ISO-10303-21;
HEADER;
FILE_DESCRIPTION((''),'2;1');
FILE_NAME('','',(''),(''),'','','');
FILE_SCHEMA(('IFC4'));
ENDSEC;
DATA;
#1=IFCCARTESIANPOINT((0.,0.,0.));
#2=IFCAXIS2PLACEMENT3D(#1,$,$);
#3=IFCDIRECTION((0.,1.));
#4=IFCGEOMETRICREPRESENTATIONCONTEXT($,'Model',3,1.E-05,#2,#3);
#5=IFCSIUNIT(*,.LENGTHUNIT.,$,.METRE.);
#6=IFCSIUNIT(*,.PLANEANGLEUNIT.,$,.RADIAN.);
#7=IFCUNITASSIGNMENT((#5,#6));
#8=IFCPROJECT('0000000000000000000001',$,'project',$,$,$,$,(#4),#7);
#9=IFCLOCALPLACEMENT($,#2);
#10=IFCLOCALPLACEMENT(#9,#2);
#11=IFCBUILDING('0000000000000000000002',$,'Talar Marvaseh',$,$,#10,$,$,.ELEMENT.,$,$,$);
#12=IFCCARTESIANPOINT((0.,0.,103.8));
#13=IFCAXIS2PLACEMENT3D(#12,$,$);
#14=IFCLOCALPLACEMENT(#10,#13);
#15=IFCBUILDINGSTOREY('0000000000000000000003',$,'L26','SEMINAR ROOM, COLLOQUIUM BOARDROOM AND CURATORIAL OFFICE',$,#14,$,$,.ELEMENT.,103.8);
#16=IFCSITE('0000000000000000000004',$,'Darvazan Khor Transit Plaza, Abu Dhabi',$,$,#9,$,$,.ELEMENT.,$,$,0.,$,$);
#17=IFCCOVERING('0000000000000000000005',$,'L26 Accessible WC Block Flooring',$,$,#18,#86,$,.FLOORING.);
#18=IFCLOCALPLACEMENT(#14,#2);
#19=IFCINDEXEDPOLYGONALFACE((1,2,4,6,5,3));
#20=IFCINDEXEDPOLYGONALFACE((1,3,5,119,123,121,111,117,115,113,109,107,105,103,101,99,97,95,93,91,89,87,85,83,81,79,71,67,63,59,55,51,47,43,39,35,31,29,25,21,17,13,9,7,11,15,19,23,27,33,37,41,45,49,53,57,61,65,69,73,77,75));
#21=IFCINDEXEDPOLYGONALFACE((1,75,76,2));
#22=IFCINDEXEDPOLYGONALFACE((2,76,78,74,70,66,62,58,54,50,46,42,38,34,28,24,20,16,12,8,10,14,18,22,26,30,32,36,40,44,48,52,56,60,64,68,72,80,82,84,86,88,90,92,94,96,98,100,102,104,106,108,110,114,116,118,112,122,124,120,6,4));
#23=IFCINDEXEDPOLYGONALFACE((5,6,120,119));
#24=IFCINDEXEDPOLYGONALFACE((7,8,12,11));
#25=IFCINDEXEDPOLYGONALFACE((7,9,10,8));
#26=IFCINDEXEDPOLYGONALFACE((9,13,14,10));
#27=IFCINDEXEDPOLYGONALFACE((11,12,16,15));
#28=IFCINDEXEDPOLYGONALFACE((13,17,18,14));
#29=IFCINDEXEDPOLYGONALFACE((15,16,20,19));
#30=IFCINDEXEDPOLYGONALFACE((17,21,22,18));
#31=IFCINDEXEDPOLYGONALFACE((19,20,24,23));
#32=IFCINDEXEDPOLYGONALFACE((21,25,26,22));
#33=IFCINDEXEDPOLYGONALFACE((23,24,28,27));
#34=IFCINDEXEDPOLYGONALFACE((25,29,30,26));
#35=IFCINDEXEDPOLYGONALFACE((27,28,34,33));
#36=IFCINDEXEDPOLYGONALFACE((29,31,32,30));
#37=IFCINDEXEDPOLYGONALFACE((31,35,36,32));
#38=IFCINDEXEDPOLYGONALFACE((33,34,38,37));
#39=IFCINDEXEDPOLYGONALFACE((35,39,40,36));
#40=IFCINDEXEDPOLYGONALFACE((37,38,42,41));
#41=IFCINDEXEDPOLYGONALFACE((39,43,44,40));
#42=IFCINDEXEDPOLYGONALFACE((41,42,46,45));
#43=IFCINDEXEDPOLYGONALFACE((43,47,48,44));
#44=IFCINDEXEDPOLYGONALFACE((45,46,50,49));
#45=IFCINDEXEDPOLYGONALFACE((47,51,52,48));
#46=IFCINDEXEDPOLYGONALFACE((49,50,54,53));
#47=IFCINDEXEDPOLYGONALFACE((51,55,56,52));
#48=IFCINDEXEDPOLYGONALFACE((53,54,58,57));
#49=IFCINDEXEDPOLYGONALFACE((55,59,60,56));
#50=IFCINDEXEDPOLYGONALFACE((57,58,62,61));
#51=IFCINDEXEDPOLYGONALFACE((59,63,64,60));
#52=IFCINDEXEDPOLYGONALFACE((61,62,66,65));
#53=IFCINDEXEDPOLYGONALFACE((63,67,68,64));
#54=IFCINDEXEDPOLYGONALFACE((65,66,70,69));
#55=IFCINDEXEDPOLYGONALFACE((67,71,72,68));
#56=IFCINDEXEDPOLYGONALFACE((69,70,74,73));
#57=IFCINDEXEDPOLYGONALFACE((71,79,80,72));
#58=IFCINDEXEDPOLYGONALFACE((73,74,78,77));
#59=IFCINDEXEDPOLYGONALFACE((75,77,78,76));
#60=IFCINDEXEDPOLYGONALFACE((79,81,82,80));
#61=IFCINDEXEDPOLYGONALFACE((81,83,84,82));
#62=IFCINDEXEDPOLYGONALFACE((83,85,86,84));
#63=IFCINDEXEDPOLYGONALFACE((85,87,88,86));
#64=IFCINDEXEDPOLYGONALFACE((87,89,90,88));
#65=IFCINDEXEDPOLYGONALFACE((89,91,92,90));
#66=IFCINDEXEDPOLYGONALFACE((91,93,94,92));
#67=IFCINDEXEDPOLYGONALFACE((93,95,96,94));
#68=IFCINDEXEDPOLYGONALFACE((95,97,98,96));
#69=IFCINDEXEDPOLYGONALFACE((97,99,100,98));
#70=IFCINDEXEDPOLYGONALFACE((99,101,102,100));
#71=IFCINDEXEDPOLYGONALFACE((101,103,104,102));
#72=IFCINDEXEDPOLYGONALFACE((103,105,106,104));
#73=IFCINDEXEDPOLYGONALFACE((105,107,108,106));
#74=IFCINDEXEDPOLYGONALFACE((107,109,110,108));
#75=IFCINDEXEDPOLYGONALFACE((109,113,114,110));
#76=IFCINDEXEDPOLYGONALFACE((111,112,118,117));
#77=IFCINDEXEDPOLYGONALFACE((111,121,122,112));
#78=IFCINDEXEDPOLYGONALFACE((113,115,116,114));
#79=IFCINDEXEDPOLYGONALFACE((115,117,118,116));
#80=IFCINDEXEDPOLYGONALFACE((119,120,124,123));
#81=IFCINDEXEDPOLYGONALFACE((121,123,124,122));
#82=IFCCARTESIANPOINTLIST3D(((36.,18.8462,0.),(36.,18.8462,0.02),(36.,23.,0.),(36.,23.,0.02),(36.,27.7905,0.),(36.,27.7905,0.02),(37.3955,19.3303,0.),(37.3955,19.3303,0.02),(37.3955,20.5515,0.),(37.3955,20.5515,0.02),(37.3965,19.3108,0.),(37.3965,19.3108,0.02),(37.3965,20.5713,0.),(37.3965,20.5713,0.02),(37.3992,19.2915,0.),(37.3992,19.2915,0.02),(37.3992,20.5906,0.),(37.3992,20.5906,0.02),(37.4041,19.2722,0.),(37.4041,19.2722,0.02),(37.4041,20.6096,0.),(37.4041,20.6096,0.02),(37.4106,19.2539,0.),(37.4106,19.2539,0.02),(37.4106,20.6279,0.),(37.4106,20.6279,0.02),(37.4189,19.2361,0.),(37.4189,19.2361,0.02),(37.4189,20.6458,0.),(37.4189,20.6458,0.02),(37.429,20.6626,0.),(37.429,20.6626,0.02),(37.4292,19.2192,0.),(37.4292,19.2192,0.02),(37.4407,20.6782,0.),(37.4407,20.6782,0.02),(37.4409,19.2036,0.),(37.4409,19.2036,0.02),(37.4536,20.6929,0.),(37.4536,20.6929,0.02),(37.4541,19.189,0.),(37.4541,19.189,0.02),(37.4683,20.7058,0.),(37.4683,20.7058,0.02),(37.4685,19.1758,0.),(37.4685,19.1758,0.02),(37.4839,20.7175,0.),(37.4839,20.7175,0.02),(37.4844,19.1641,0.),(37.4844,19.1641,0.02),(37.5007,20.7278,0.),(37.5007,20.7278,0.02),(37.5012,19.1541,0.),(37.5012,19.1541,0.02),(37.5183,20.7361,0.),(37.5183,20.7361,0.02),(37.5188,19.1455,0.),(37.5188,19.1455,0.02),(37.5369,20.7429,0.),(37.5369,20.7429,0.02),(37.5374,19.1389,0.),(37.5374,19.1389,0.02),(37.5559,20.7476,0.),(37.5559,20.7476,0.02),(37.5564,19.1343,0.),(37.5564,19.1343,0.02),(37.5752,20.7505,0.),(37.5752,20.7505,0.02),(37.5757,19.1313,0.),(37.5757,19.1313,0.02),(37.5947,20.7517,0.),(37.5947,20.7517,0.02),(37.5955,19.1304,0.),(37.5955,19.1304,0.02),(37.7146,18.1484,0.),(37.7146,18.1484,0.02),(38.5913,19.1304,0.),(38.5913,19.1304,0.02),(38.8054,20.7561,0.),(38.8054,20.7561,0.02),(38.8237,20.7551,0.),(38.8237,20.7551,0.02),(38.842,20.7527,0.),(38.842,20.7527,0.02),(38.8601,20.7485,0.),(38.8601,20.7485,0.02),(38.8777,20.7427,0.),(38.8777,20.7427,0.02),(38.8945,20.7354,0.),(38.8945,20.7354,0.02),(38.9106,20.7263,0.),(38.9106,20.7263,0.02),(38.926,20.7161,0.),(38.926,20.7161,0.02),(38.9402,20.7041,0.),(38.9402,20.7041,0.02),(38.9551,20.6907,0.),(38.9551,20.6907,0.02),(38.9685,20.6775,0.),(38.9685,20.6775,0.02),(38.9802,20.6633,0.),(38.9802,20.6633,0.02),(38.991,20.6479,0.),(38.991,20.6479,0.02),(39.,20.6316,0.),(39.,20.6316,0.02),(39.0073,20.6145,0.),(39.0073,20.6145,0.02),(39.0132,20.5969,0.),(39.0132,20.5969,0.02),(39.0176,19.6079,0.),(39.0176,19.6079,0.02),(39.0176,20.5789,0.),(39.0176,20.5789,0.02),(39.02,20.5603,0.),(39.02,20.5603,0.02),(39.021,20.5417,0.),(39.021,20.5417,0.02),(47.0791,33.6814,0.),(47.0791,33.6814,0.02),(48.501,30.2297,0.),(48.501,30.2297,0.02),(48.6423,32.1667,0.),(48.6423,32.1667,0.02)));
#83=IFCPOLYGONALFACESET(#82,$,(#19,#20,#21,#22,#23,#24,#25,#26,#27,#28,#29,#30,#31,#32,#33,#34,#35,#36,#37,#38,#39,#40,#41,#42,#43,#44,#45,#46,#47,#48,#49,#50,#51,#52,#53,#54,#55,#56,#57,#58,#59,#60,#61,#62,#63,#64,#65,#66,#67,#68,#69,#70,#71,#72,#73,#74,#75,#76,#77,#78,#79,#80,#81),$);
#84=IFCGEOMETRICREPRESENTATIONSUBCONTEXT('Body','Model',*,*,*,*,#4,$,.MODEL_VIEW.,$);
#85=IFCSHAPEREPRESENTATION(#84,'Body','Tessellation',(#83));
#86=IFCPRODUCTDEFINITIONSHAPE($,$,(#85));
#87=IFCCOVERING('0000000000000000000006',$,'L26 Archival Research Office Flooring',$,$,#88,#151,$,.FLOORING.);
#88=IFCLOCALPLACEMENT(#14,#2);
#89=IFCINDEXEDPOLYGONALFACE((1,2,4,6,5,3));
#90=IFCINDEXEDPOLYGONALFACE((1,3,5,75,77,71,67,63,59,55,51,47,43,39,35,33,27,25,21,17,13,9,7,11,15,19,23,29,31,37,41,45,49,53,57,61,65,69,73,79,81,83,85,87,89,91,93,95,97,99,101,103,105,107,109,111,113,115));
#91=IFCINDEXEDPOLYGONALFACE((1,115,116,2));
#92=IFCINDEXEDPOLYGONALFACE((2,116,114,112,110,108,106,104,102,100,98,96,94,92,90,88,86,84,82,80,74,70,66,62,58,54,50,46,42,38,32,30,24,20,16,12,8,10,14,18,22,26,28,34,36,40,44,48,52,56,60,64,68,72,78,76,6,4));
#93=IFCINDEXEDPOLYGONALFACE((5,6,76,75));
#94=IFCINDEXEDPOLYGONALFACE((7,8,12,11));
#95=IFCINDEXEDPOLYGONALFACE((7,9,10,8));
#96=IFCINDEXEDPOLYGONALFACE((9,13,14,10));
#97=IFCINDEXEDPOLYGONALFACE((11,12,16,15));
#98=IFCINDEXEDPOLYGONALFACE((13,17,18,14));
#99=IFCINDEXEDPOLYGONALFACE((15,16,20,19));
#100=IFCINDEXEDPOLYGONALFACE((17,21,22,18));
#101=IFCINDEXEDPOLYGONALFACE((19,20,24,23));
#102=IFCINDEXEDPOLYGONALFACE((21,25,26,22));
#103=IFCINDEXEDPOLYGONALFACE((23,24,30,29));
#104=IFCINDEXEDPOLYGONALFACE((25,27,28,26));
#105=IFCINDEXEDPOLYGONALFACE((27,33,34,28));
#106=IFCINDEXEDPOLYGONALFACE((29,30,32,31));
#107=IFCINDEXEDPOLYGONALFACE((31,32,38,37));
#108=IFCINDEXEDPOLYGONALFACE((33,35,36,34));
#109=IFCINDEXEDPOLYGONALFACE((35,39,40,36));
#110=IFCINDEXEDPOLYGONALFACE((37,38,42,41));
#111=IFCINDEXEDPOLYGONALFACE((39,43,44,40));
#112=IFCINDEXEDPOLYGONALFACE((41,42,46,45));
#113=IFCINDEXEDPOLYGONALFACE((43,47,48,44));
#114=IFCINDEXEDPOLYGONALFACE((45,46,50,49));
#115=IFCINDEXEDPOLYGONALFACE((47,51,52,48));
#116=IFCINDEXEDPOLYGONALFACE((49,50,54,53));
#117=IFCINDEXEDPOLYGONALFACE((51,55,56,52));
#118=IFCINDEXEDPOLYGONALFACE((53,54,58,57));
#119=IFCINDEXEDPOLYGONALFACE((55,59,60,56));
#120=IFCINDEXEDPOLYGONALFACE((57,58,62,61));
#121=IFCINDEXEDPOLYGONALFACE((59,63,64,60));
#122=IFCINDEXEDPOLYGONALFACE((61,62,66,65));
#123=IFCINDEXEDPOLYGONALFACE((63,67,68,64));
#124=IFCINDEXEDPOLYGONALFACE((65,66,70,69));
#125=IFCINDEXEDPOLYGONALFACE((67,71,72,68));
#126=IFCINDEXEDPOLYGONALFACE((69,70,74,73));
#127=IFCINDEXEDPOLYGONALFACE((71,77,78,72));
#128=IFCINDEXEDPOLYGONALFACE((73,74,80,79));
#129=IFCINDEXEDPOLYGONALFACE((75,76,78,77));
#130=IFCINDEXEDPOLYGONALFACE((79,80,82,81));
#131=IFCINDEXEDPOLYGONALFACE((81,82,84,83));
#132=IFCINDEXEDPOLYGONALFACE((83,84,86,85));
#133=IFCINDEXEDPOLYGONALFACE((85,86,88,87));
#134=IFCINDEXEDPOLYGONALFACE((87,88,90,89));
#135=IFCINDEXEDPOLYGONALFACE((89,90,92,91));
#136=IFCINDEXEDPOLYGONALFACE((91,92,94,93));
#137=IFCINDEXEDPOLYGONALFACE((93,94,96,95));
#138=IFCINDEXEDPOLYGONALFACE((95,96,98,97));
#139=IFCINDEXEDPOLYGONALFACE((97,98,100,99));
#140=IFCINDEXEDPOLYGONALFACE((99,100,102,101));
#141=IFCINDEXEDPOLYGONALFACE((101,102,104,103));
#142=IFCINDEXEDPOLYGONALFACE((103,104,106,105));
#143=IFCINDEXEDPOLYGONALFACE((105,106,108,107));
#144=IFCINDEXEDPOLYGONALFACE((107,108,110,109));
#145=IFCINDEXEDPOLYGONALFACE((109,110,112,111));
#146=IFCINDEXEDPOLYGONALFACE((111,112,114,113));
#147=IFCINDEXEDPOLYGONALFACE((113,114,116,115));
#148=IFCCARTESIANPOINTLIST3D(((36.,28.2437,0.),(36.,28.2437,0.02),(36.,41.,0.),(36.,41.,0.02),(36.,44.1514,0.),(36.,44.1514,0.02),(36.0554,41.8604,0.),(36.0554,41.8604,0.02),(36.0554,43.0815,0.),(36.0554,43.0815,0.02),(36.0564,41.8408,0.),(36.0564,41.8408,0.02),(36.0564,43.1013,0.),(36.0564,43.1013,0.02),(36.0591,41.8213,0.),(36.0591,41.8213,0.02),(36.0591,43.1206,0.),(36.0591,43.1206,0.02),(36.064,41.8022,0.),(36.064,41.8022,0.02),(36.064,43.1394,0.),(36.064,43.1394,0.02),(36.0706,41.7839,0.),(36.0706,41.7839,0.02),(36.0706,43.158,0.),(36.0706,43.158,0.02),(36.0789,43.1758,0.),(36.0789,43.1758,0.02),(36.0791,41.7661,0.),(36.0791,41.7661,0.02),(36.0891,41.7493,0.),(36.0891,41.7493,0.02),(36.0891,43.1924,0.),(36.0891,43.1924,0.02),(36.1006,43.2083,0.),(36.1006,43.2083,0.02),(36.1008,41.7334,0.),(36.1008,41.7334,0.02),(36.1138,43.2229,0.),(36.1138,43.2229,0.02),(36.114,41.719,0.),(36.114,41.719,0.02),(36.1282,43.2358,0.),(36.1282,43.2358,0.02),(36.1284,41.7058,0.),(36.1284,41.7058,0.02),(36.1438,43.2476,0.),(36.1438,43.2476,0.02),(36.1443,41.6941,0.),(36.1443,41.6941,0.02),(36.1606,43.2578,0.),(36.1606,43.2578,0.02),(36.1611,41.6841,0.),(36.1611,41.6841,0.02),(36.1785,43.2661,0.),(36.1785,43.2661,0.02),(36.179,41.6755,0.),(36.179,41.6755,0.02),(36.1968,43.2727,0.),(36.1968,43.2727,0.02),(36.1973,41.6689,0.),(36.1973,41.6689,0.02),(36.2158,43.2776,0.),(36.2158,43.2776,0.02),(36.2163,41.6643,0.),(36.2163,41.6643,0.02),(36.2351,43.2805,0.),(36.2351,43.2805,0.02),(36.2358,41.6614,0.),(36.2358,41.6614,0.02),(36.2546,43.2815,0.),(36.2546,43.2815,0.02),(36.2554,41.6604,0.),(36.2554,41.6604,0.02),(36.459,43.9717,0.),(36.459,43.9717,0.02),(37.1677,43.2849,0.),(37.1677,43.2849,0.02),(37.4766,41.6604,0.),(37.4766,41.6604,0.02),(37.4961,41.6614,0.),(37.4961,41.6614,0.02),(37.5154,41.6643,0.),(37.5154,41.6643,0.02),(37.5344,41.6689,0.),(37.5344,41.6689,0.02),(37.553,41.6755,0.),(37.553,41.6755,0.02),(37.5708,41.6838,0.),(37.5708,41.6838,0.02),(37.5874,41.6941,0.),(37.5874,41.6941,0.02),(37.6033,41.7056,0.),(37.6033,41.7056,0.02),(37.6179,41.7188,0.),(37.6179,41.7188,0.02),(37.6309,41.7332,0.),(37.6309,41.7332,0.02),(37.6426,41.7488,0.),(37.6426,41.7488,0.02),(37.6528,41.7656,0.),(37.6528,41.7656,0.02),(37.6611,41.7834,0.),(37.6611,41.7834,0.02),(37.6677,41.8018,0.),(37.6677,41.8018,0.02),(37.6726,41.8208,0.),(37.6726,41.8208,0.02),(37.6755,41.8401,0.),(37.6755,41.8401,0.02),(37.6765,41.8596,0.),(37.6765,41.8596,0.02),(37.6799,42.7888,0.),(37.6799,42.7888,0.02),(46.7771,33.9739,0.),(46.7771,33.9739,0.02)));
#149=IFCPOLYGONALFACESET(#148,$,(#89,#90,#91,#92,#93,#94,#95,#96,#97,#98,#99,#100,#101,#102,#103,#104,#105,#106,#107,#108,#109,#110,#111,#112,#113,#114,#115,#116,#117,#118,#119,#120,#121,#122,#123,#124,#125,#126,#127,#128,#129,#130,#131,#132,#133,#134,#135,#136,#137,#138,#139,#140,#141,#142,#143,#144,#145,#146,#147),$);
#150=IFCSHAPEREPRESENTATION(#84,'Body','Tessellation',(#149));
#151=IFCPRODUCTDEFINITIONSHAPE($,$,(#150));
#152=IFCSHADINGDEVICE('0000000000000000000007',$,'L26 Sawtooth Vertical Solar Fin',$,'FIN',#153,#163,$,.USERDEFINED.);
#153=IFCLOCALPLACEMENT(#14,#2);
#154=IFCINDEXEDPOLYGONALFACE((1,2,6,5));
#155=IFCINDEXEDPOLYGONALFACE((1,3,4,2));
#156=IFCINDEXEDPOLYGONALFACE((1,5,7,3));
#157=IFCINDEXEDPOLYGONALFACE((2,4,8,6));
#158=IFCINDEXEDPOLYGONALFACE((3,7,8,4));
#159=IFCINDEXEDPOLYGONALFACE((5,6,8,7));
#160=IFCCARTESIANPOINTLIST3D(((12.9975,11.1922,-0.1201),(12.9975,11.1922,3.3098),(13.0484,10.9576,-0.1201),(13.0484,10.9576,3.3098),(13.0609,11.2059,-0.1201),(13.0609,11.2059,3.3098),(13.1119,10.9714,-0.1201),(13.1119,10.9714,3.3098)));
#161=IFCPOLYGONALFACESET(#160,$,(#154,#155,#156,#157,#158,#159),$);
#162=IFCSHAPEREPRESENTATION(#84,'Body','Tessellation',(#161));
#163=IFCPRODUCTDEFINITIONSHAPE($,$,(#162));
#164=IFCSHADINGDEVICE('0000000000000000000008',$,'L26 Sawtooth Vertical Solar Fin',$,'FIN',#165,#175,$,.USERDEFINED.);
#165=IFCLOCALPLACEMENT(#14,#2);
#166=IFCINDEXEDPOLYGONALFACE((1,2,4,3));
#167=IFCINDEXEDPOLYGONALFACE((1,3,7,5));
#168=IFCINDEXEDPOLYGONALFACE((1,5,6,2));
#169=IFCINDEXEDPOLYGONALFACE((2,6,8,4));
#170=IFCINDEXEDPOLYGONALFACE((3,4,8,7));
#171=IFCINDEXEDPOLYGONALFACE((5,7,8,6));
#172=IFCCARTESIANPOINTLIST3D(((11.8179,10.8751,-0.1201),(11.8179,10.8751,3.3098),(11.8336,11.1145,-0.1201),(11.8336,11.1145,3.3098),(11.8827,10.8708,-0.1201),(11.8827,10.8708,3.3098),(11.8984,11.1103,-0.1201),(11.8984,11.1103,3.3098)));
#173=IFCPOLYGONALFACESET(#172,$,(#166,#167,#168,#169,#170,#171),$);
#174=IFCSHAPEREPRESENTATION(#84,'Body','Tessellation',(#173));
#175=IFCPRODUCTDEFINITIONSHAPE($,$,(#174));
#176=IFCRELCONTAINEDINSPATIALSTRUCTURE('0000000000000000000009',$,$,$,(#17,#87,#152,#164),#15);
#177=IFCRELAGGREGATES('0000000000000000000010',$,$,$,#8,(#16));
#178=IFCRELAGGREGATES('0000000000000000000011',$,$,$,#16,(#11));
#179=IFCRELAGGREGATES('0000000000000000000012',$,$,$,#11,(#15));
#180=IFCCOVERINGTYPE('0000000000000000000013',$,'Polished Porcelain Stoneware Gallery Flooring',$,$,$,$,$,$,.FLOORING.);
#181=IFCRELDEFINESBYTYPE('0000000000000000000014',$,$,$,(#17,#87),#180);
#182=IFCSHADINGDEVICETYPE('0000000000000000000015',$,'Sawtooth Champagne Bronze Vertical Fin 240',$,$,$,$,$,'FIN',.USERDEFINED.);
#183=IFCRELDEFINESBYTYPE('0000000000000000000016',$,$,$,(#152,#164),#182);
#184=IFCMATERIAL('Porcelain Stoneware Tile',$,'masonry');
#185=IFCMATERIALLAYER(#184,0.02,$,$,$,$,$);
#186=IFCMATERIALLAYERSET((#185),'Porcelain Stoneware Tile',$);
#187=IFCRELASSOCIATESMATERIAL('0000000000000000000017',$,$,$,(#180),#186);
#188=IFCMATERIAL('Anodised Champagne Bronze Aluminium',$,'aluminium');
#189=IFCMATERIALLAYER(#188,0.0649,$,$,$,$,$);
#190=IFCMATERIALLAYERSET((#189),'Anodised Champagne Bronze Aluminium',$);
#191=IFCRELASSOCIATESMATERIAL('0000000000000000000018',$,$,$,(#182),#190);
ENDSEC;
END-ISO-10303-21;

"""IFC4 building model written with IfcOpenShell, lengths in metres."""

from ifc_helpers import new_model, si_unit, direction, frame, origin, origin_2d, place, context, subcontext, project, spatial, polyline, rectangle, outline, extrude, source, transform, mapped, material, layer, layer_set, type_object, type_shapes, element, save


model = new_model("IFC4")

# Units and contexts
model_context = context("Model", 3, precision=1e-05, world=origin(), true_north=direction((0.0, 1.0)))
body_context = subcontext(model_context, "Body", "Model", "MODEL_VIEW")
ifc_project = project(units=[si_unit("LENGTHUNIT", "METRE"), si_unit("PLANEANGLEUNIT", "RADIAN")], contexts=[model_context])

# Site, building, storey
site_placement = place(None, origin())
site = spatial("IfcSite", under=ifc_project, at=site_placement, Name="Darvazan Khor Transit Plaza, Abu Dhabi", CompositionType="ELEMENT", RefElevation=0.0)
building_placement = place(site_placement, origin())
building = spatial("IfcBuilding", under=site, at=building_placement, Name="Talar Marvaseh", CompositionType="ELEMENT")
storey_placement = place(building_placement, frame((0.0, 0.0, 103.8)))
storey = spatial("IfcBuildingStorey", under=building, at=storey_placement, Name="L26", Description="SEMINAR ROOM, COLLOQUIUM BOARDROOM AND CURATORIAL OFFICE", CompositionType="ELEMENT", Elevation=103.8)

# Coverings
ifc_material_1 = material(Name="Porcelain Stoneware Tile", Category="masonry")
ifc_layer_1 = layer(ifc_material_1, 0.02)
ifc_layer_set_1 = layer_set([ifc_layer_1], Name="Porcelain Stoneware Tile")
covering_type_1 = type_object("IfcCoveringType", Name="Polished Porcelain Stoneware Gallery Flooring", PredefinedType="FLOORING", material=ifc_layer_set_1)
covering_1_placement = place(storey_placement, origin())
element("IfcCovering", 1, at=covering_1_placement, inside=storey, type_object=covering_type_1, Name="L26 Accessible WC Block Flooring", PredefinedType="FLOORING", context=body_context, shape_type="SweptSolid", body=[
    extrude(outline(polyline([(36.0, 18.8462), (36.0, 23.0), (36.0, 27.7905), (47.0791, 33.6814), (48.6423, 32.1667), (48.501, 30.2297), (39.0176, 19.6079), (39.021, 20.5417), (39.02, 20.5603), (39.0176, 20.5789), (39.0132, 20.5969), (39.0073, 20.6145), (39.0, 20.6316), (38.991, 20.6479), (38.9802, 20.6633), (38.9685, 20.6775), (38.9551, 20.6907), (38.9402, 20.7041), (38.926, 20.7161), (38.9106, 20.7263), (38.8945, 20.7354), (38.8777, 20.7427), (38.8601, 20.7485), (38.842, 20.7527), (38.8237, 20.7551), (38.8054, 20.7561), (37.5947, 20.7517), (37.5752, 20.7505), (37.5559, 20.7476), (37.5369, 20.7429), (37.5183, 20.7361), (37.5007, 20.7278), (37.4839, 20.7175), (37.4683, 20.7058), (37.4536, 20.6929), (37.4407, 20.6782), (37.429, 20.6626), (37.4189, 20.6458), (37.4106, 20.6279), (37.4041, 20.6096), (37.3992, 20.5906), (37.3965, 20.5713), (37.3955, 20.5515), (37.3955, 19.3303), (37.3965, 19.3108), (37.3992, 19.2915), (37.4041, 19.2722), (37.4106, 19.2539), (37.4189, 19.2361), (37.4292, 19.2192), (37.4409, 19.2036), (37.4541, 19.189), (37.4685, 19.1758), (37.4844, 19.1641), (37.5012, 19.1541), (37.5188, 19.1455), (37.5374, 19.1389), (37.5564, 19.1343), (37.5757, 19.1313), (37.5955, 19.1304), (38.5913, 19.1304), (37.7146, 18.1484), (36.0, 18.8462)])), origin(), (0.0, 0.0, 1.0), 0.02),
])
covering_2_placement = place(storey_placement, origin())
element("IfcCovering", 2, at=covering_2_placement, inside=storey, type_object=covering_type_1, Name="L26 Archival Research Office Flooring", PredefinedType="FLOORING", context=body_context, shape_type="SweptSolid", body=[
    extrude(outline(polyline([(36.2546, 43.2815), (36.2351, 43.2805), (36.2158, 43.2776), (36.1968, 43.2727), (36.1785, 43.2661), (36.1606, 43.2578), (36.1438, 43.2476), (36.1282, 43.2358), (36.1138, 43.2229), (36.1006, 43.2083), (36.0891, 43.1924), (36.0789, 43.1758), (36.0706, 43.158), (36.064, 43.1394), (36.0591, 43.1206), (36.0564, 43.1013), (36.0554, 43.0815), (36.0554, 41.8604), (36.0564, 41.8408), (36.0591, 41.8213), (36.064, 41.8022), (36.0706, 41.7839), (36.0791, 41.7661), (36.0891, 41.7493), (36.1008, 41.7334), (36.114, 41.719), (36.1284, 41.7058), (36.1443, 41.6941), (36.1611, 41.6841), (36.179, 41.6755), (36.1973, 41.6689), (36.2163, 41.6643), (36.2358, 41.6614), (36.2554, 41.6604), (37.4766, 41.6604), (37.4961, 41.6614), (37.5154, 41.6643), (37.5344, 41.6689), (37.553, 41.6755), (37.5708, 41.6838), (37.5874, 41.6941), (37.6033, 41.7056), (37.6179, 41.7188), (37.6309, 41.7332), (37.6426, 41.7488), (37.6528, 41.7656), (37.6611, 41.7834), (37.6677, 41.8018), (37.6726, 41.8208), (37.6755, 41.8401), (37.6765, 41.8596), (37.6799, 42.7888), (46.7771, 33.9739), (36.0, 28.2437), (36.0, 41.0), (36.0, 44.1514), (36.459, 43.9717), (37.1677, 43.2849), (36.2546, 43.2815)])), origin(), (0.0, 0.0, 1.0), 0.02),
])

# Shading devices
ifc_material_2 = material(Name="Anodised Champagne Bronze Aluminium", Category="aluminium")
ifc_layer_2 = layer(ifc_material_2, 0.0649)
ifc_layer_set_2 = layer_set([ifc_layer_2], Name="Anodised Champagne Bronze Aluminium")
shading_device_type = type_object("IfcShadingDeviceType", Name="Sawtooth Champagne Bronze Vertical Fin 240", ElementType="FIN", PredefinedType="USERDEFINED", material=ifc_layer_set_2)
shared_shape_1 = source(origin(), body_context, "Body", "SweptSolid", [
    extrude(rectangle(XDim=0.24, YDim=0.0649, at=origin_2d()), origin(), (0.0, 0.0, 1.0), 3.4299),
])
type_shapes(shading_device_type, [shared_shape_1])
for number, where, z_axis, x_axis, name in (
    (3, (13.0547, 11.0818, -0.1201), (0.0, 0.0, 1.0), (0.212348, -0.977194, 0.0), "L26 Sawtooth Vertical Solar Fin"),
    (4, (11.8582, 10.9927, -0.1201), (0.0, 0.0, 1.0), (-0.065229, -0.99787, 0.0), "L26 Sawtooth Vertical Solar Fin"),
):
    element("IfcShadingDevice", number, at=place(storey_placement, frame(where, z_axis=z_axis, x_axis=x_axis)), inside=storey, type_object=shading_device_type, Name=name, ObjectType="FIN", PredefinedType="USERDEFINED", context=body_context, shape_type="MappedRepresentation", body=[
        mapped(shared_shape_1, transform((0.0, 0.0, 0.0), x_axis=(1.0, 0.0, 0.0), y_axis=(0.0, 1.0, 0.0), z_axis=(0.0, 0.0, 1.0), scale=1.0)),
    ])

save(model, "model.ifc")
